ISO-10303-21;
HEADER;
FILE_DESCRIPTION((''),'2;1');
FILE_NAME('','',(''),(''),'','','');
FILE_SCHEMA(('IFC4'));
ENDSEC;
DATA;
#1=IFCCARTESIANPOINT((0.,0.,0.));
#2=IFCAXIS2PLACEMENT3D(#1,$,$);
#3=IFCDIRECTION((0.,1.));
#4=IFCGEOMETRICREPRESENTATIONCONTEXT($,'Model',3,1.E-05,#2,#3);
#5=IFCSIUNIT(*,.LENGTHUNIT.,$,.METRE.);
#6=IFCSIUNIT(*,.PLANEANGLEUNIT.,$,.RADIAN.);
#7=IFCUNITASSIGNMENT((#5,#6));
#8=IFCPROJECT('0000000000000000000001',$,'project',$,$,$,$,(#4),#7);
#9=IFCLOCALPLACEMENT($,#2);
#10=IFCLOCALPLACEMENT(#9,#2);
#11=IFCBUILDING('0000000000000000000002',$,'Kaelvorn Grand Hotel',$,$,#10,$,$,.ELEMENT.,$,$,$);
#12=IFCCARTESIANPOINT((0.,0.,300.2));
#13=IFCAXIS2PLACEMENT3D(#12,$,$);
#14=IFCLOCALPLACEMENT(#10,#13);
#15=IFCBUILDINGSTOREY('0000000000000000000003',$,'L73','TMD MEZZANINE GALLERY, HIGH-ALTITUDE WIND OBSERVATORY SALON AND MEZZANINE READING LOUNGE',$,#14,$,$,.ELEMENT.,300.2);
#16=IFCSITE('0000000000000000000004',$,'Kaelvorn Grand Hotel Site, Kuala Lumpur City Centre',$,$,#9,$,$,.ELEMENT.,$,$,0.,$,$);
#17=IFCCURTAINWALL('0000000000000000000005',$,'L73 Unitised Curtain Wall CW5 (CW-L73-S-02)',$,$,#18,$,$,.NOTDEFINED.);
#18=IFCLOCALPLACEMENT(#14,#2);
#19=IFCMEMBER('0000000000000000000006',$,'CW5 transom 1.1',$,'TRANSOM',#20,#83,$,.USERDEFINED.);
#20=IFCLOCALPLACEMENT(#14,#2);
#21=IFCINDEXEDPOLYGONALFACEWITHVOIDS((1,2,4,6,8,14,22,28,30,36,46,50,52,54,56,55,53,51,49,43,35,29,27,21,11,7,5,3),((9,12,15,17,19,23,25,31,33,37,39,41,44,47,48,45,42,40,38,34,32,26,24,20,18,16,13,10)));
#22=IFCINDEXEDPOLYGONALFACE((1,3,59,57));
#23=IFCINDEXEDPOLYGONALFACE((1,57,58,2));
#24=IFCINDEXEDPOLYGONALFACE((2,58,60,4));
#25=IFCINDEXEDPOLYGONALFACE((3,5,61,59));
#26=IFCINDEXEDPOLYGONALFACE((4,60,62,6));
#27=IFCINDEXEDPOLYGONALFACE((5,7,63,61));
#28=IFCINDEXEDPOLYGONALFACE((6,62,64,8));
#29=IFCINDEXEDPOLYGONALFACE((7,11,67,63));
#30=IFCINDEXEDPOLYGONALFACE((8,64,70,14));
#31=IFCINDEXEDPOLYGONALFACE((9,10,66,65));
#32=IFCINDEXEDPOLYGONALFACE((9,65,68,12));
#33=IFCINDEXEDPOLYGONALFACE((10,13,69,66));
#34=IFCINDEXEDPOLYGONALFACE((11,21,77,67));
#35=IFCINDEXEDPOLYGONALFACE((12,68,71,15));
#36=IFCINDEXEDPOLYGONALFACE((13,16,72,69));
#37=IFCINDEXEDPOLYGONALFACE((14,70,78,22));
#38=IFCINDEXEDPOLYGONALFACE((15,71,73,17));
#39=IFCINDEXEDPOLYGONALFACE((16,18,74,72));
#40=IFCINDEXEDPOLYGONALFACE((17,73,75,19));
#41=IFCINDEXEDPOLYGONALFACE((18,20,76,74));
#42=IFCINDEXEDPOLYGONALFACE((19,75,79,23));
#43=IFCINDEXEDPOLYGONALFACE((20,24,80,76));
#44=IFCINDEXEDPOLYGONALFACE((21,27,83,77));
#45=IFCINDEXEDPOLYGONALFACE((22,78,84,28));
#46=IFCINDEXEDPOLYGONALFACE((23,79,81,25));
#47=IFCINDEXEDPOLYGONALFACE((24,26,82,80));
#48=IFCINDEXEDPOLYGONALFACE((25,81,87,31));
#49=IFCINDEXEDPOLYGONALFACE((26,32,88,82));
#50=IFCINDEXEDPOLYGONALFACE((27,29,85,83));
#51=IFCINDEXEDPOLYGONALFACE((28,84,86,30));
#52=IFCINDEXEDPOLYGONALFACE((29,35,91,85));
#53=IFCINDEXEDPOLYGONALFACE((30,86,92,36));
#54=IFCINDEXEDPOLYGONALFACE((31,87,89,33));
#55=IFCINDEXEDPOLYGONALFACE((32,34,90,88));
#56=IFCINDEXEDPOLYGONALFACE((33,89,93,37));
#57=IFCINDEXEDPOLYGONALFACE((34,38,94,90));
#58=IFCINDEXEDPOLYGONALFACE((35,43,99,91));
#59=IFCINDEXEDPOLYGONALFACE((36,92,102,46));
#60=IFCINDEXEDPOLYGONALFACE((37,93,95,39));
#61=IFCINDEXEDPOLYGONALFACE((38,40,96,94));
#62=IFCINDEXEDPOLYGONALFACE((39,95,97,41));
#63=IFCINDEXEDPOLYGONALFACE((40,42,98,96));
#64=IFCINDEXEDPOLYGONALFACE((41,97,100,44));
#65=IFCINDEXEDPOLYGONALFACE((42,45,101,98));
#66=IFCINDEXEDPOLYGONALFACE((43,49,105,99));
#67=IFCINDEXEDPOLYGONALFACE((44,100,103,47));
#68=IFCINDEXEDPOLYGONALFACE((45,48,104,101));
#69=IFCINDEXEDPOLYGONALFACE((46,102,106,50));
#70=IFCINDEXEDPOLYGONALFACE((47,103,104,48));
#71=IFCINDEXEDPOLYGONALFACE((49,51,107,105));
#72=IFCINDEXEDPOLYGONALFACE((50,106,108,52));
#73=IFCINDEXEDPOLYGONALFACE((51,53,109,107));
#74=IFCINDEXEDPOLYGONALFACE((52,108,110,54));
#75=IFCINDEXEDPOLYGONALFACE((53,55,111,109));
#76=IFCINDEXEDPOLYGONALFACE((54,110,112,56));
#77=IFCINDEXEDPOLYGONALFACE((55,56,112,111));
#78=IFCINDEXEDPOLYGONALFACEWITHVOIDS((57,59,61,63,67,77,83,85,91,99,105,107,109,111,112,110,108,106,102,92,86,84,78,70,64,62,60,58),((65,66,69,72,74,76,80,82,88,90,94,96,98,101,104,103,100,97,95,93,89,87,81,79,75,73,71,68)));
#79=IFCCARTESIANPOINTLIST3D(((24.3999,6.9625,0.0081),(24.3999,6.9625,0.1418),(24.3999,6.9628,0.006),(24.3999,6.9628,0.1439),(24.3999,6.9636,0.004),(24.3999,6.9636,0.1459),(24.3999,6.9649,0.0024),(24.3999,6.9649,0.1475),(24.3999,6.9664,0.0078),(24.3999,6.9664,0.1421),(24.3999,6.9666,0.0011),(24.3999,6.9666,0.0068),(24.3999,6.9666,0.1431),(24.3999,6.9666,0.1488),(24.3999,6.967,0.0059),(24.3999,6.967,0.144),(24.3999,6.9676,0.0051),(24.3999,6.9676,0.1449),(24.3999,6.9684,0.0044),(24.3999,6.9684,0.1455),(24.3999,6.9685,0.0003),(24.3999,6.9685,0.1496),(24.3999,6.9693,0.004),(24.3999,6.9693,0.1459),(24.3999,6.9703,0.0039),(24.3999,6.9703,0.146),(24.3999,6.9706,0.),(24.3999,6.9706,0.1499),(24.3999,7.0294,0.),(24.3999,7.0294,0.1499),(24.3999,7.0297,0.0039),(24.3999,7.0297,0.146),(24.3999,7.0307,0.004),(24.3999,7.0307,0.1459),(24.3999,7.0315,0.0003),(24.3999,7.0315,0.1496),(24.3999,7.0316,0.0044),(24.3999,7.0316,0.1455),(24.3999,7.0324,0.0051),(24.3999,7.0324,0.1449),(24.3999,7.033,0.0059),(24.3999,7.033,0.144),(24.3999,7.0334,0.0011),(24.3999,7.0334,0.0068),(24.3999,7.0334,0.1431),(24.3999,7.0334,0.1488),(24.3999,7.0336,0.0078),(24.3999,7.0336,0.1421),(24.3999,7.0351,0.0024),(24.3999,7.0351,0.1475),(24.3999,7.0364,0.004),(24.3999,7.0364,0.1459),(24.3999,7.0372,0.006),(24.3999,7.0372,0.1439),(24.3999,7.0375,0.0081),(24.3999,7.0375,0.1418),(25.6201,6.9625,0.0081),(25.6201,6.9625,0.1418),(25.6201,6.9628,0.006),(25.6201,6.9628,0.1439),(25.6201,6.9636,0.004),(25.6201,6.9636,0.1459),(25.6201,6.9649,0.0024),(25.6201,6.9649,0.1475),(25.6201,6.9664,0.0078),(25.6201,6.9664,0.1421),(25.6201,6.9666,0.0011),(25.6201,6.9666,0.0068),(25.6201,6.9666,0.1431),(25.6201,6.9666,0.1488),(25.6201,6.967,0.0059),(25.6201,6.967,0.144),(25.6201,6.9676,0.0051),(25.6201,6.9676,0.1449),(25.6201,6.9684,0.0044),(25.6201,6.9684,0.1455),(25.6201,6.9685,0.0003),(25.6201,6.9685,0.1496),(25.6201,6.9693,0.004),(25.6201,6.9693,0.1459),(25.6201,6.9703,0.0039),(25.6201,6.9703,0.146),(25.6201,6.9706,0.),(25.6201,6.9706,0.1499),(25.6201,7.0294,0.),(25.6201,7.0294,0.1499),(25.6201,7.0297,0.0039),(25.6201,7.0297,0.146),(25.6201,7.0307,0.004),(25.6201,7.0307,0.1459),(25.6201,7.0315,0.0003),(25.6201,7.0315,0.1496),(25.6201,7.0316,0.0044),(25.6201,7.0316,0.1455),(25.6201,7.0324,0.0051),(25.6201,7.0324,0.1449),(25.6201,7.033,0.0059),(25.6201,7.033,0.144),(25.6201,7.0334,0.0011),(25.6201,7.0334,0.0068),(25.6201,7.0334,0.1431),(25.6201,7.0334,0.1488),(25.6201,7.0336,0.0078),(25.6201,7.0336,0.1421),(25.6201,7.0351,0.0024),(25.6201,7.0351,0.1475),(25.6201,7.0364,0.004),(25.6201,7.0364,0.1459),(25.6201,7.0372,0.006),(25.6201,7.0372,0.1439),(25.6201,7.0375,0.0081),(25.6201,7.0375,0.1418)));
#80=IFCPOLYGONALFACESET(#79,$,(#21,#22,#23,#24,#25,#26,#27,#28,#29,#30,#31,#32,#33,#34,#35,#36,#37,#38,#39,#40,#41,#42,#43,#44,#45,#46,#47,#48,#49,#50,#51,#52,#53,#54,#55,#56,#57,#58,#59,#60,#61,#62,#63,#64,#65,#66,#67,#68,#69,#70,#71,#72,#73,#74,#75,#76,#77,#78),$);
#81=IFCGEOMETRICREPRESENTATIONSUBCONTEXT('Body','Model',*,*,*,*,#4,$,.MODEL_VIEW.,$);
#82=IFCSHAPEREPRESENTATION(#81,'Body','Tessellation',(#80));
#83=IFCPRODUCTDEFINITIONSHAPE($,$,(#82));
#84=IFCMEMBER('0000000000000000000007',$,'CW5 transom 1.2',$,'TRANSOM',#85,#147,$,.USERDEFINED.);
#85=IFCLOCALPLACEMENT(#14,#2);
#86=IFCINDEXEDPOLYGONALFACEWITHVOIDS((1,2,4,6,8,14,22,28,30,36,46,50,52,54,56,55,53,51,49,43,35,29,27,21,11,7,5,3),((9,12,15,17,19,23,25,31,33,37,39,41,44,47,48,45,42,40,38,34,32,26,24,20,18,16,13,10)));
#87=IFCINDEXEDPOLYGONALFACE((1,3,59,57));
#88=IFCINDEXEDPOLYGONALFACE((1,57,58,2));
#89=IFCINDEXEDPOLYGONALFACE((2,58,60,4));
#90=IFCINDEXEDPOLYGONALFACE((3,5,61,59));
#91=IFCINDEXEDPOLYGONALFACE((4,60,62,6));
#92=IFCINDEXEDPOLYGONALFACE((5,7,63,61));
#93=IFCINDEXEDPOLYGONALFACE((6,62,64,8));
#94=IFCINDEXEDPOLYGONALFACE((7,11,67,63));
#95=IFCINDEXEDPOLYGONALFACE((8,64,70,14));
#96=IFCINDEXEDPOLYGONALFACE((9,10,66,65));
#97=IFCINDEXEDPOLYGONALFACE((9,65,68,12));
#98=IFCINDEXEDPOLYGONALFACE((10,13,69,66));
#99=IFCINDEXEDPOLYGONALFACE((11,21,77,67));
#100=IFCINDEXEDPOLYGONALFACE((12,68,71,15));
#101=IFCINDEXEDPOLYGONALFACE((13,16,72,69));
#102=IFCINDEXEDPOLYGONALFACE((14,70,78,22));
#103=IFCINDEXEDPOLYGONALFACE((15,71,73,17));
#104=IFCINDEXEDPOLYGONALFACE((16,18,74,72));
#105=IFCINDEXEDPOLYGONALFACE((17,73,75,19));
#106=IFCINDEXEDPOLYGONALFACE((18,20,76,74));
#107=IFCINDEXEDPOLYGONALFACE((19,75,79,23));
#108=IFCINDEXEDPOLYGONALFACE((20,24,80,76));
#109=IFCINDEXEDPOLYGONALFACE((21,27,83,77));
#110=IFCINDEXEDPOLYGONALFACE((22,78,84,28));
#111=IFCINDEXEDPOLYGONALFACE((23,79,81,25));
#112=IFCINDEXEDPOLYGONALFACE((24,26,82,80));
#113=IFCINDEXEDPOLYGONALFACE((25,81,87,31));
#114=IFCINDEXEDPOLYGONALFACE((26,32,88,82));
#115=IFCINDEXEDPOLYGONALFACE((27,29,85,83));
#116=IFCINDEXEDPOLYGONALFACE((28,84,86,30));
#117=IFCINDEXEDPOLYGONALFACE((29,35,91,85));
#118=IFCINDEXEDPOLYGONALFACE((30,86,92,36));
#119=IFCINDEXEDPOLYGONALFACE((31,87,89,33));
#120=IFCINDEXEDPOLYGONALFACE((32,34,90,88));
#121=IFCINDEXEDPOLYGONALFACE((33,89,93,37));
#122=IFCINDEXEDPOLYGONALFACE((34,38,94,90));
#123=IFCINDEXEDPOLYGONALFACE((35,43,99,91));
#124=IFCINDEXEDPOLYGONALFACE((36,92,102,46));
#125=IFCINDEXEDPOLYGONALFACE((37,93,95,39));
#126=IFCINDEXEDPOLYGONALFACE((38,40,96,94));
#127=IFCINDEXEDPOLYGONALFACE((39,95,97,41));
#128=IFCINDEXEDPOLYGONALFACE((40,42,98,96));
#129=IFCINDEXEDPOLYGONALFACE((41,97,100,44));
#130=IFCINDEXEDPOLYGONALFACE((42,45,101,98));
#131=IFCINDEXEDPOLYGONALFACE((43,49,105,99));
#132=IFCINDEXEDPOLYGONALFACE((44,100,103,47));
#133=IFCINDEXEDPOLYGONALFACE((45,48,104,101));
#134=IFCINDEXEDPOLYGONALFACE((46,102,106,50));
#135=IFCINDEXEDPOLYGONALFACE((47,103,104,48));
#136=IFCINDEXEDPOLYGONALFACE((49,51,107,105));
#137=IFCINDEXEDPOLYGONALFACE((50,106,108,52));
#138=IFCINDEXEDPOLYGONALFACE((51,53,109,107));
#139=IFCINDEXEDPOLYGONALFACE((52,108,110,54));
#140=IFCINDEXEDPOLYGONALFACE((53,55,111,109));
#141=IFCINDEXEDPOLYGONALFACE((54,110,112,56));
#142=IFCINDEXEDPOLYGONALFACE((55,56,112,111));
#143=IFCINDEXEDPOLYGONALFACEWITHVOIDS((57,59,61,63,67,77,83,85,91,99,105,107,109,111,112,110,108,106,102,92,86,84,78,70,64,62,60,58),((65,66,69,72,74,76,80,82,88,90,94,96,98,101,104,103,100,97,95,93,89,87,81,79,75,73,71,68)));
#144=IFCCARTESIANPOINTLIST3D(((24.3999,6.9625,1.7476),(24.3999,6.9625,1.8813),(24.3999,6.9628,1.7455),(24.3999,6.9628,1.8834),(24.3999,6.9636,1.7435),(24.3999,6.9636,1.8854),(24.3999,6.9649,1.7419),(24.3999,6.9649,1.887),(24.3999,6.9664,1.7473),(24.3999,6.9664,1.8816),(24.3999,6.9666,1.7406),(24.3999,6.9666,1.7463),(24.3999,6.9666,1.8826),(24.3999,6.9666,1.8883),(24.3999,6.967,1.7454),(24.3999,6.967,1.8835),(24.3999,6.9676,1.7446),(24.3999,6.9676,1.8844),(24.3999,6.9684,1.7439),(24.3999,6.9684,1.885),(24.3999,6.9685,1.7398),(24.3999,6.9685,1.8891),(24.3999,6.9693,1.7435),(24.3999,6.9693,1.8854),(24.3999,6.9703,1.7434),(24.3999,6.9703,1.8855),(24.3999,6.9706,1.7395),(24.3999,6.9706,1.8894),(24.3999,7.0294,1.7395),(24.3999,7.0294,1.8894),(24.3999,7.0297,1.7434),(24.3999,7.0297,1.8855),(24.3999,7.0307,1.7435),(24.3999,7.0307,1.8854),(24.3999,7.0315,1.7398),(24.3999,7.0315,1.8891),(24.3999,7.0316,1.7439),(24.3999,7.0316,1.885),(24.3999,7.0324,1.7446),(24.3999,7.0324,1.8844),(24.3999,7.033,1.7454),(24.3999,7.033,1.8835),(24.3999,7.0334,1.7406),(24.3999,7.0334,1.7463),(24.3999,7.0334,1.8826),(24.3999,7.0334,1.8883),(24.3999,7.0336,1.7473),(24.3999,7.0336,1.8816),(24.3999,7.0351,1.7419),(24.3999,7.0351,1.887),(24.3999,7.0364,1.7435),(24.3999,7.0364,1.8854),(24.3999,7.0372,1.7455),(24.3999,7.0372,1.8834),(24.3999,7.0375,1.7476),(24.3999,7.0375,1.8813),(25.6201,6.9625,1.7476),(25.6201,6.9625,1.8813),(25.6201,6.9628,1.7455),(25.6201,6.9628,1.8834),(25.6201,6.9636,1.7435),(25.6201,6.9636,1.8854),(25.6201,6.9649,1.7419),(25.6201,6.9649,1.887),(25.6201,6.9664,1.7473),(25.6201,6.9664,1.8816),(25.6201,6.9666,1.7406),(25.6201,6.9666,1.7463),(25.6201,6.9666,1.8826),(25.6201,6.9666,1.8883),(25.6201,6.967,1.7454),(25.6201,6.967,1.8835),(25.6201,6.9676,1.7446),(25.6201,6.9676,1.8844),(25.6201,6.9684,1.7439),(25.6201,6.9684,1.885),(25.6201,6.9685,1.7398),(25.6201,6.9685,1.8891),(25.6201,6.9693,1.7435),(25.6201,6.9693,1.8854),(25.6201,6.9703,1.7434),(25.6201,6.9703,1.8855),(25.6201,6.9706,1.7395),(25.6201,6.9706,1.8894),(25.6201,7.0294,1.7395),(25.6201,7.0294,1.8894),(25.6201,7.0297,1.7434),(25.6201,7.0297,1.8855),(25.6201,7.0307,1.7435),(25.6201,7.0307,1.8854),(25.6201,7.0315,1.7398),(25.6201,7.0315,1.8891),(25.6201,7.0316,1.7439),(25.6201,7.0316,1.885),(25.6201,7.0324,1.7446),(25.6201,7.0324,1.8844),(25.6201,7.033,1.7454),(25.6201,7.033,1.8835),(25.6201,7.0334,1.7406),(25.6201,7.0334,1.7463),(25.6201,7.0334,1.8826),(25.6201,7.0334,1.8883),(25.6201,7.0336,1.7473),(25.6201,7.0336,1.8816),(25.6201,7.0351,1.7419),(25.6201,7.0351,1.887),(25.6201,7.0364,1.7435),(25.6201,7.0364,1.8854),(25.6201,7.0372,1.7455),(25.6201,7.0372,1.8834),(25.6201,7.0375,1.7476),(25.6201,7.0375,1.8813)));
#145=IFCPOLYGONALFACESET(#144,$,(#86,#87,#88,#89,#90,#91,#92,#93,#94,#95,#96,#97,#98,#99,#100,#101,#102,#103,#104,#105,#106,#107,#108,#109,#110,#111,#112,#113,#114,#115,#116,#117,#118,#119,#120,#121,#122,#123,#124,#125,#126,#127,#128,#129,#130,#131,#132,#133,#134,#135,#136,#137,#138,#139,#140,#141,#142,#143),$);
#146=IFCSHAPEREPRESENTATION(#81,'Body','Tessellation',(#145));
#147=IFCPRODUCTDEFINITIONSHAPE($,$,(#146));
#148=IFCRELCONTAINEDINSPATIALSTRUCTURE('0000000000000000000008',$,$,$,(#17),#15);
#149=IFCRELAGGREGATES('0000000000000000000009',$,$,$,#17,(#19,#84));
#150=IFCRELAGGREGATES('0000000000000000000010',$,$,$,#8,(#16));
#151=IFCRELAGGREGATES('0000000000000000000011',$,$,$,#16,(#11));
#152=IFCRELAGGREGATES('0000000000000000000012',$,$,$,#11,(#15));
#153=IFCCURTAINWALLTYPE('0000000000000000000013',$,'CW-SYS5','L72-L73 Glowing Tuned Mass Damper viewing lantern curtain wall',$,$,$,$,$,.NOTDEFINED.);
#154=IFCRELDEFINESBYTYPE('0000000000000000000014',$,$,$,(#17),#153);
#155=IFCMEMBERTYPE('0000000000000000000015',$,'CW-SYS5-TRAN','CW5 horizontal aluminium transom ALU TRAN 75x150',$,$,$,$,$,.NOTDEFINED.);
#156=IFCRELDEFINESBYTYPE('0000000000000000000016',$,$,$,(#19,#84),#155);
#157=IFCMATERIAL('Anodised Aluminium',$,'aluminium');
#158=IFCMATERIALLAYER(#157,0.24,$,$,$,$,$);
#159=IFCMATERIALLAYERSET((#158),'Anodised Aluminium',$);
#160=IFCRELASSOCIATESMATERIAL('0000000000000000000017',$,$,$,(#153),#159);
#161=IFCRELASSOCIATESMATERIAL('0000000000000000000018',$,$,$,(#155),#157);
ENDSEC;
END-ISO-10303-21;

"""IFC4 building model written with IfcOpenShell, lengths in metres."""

from ifc_helpers import new_model, si_unit, direction, frame, origin, origin_2d, place, context, subcontext, project, spatial, hollow_rectangle, extrude, material, layer, layer_set, material_profile, profile_set, type_object, element, aggregate, save


model = new_model("IFC4")

# Units and contexts
model_context = context("Model", 3, precision=1e-05, world=origin(), true_north=direction((0.0, 1.0)))
body_context = subcontext(model_context, "Body", "Model", "MODEL_VIEW")
ifc_project = project(units=[si_unit("LENGTHUNIT", "METRE"), si_unit("PLANEANGLEUNIT", "RADIAN")], contexts=[model_context])

# Site, building, storey
site_placement = place(None, origin())
site = spatial("IfcSite", under=ifc_project, at=site_placement, Name="Kaelvorn Grand Hotel Site, Kuala Lumpur City Centre", CompositionType="ELEMENT", RefElevation=0.0)
building_placement = place(site_placement, origin())
building = spatial("IfcBuilding", under=site, at=building_placement, Name="Kaelvorn Grand Hotel", CompositionType="ELEMENT")
storey_placement = place(building_placement, frame((0.0, 0.0, 300.2)))
storey = spatial("IfcBuildingStorey", under=building, at=storey_placement, Name="L73", Description="TMD MEZZANINE GALLERY, HIGH-ALTITUDE WIND OBSERVATORY SALON AND MEZZANINE READING LOUNGE", CompositionType="ELEMENT", Elevation=300.2)

# Curtain wall, members
ifc_material_1 = material(Name="Anodised Aluminium", Category="aluminium")
ifc_layer_1 = layer(ifc_material_1, 0.24)
ifc_layer_set_1 = layer_set([ifc_layer_1], Name="Anodised Aluminium")
curtain_wall_type = type_object("IfcCurtainWallType", Name="CW-SYS5", Description="L72-L73 Glowing Tuned Mass Damper viewing lantern curtain wall", PredefinedType="NOTDEFINED", material=ifc_layer_set_1)
curtain_wall_placement = place(storey_placement, origin())
curtain_wall = element("IfcCurtainWall", 1, at=curtain_wall_placement, inside=storey, type_object=curtain_wall_type, Name="L73 Unitised Curtain Wall CW5 (CW-L73-S-02)", PredefinedType="NOTDEFINED")
ifc_material_profile_1 = material_profile(ifc_material_1, hollow_rectangle(XDim=0.075, YDim=0.1499, WallThickness=0.0039, InnerFilletRadius=0.0039, OuterFilletRadius=0.0081, at=origin_2d()), Name="ALU TRAN 75x150")
ifc_profile_set_1 = profile_set([ifc_material_profile_1], Name="Anodised Aluminium")
member_type_1 = type_object("IfcMemberType", Name="CW-SYS5-TRAN", Description="CW5 horizontal aluminium transom ALU TRAN 75x150", PredefinedType="NOTDEFINED", material=ifc_profile_set_1)
member_1_placement = place(storey_placement, frame((24.3999, 7.0, 0.075), z_axis=(1.0, 0.0, 0.0), x_axis=(0.0, 1.0, 0.0)))
member_1 = element("IfcMember", 2, at=member_1_placement, type_object=member_type_1, Name="CW5 transom 1.1", ObjectType="TRANSOM", PredefinedType="USERDEFINED", context=body_context, shape_type="SweptSolid", body=[
    extrude(hollow_rectangle(XDim=0.075, YDim=0.1499, WallThickness=0.0039, InnerFilletRadius=0.0039, OuterFilletRadius=0.0081, at=origin_2d()), origin(), (0.0, 0.0, 1.0), 1.2202),
])
member_2_placement = place(storey_placement, frame((24.3999, 7.0, 1.8145), z_axis=(1.0, 0.0, 0.0), x_axis=(0.0, 1.0, 0.0)))
member_2 = element("IfcMember", 3, at=member_2_placement, type_object=member_type_1, Name="CW5 transom 1.2", ObjectType="TRANSOM", PredefinedType="USERDEFINED", context=body_context, shape_type="SweptSolid", body=[
    extrude(hollow_rectangle(XDim=0.075, YDim=0.1499, WallThickness=0.0039, InnerFilletRadius=0.0039, OuterFilletRadius=0.0081, at=origin_2d()), origin(), (0.0, 0.0, 1.0), 1.2202),
])
aggregate(curtain_wall, [member_1, member_2])

save(model, "model.ifc")
